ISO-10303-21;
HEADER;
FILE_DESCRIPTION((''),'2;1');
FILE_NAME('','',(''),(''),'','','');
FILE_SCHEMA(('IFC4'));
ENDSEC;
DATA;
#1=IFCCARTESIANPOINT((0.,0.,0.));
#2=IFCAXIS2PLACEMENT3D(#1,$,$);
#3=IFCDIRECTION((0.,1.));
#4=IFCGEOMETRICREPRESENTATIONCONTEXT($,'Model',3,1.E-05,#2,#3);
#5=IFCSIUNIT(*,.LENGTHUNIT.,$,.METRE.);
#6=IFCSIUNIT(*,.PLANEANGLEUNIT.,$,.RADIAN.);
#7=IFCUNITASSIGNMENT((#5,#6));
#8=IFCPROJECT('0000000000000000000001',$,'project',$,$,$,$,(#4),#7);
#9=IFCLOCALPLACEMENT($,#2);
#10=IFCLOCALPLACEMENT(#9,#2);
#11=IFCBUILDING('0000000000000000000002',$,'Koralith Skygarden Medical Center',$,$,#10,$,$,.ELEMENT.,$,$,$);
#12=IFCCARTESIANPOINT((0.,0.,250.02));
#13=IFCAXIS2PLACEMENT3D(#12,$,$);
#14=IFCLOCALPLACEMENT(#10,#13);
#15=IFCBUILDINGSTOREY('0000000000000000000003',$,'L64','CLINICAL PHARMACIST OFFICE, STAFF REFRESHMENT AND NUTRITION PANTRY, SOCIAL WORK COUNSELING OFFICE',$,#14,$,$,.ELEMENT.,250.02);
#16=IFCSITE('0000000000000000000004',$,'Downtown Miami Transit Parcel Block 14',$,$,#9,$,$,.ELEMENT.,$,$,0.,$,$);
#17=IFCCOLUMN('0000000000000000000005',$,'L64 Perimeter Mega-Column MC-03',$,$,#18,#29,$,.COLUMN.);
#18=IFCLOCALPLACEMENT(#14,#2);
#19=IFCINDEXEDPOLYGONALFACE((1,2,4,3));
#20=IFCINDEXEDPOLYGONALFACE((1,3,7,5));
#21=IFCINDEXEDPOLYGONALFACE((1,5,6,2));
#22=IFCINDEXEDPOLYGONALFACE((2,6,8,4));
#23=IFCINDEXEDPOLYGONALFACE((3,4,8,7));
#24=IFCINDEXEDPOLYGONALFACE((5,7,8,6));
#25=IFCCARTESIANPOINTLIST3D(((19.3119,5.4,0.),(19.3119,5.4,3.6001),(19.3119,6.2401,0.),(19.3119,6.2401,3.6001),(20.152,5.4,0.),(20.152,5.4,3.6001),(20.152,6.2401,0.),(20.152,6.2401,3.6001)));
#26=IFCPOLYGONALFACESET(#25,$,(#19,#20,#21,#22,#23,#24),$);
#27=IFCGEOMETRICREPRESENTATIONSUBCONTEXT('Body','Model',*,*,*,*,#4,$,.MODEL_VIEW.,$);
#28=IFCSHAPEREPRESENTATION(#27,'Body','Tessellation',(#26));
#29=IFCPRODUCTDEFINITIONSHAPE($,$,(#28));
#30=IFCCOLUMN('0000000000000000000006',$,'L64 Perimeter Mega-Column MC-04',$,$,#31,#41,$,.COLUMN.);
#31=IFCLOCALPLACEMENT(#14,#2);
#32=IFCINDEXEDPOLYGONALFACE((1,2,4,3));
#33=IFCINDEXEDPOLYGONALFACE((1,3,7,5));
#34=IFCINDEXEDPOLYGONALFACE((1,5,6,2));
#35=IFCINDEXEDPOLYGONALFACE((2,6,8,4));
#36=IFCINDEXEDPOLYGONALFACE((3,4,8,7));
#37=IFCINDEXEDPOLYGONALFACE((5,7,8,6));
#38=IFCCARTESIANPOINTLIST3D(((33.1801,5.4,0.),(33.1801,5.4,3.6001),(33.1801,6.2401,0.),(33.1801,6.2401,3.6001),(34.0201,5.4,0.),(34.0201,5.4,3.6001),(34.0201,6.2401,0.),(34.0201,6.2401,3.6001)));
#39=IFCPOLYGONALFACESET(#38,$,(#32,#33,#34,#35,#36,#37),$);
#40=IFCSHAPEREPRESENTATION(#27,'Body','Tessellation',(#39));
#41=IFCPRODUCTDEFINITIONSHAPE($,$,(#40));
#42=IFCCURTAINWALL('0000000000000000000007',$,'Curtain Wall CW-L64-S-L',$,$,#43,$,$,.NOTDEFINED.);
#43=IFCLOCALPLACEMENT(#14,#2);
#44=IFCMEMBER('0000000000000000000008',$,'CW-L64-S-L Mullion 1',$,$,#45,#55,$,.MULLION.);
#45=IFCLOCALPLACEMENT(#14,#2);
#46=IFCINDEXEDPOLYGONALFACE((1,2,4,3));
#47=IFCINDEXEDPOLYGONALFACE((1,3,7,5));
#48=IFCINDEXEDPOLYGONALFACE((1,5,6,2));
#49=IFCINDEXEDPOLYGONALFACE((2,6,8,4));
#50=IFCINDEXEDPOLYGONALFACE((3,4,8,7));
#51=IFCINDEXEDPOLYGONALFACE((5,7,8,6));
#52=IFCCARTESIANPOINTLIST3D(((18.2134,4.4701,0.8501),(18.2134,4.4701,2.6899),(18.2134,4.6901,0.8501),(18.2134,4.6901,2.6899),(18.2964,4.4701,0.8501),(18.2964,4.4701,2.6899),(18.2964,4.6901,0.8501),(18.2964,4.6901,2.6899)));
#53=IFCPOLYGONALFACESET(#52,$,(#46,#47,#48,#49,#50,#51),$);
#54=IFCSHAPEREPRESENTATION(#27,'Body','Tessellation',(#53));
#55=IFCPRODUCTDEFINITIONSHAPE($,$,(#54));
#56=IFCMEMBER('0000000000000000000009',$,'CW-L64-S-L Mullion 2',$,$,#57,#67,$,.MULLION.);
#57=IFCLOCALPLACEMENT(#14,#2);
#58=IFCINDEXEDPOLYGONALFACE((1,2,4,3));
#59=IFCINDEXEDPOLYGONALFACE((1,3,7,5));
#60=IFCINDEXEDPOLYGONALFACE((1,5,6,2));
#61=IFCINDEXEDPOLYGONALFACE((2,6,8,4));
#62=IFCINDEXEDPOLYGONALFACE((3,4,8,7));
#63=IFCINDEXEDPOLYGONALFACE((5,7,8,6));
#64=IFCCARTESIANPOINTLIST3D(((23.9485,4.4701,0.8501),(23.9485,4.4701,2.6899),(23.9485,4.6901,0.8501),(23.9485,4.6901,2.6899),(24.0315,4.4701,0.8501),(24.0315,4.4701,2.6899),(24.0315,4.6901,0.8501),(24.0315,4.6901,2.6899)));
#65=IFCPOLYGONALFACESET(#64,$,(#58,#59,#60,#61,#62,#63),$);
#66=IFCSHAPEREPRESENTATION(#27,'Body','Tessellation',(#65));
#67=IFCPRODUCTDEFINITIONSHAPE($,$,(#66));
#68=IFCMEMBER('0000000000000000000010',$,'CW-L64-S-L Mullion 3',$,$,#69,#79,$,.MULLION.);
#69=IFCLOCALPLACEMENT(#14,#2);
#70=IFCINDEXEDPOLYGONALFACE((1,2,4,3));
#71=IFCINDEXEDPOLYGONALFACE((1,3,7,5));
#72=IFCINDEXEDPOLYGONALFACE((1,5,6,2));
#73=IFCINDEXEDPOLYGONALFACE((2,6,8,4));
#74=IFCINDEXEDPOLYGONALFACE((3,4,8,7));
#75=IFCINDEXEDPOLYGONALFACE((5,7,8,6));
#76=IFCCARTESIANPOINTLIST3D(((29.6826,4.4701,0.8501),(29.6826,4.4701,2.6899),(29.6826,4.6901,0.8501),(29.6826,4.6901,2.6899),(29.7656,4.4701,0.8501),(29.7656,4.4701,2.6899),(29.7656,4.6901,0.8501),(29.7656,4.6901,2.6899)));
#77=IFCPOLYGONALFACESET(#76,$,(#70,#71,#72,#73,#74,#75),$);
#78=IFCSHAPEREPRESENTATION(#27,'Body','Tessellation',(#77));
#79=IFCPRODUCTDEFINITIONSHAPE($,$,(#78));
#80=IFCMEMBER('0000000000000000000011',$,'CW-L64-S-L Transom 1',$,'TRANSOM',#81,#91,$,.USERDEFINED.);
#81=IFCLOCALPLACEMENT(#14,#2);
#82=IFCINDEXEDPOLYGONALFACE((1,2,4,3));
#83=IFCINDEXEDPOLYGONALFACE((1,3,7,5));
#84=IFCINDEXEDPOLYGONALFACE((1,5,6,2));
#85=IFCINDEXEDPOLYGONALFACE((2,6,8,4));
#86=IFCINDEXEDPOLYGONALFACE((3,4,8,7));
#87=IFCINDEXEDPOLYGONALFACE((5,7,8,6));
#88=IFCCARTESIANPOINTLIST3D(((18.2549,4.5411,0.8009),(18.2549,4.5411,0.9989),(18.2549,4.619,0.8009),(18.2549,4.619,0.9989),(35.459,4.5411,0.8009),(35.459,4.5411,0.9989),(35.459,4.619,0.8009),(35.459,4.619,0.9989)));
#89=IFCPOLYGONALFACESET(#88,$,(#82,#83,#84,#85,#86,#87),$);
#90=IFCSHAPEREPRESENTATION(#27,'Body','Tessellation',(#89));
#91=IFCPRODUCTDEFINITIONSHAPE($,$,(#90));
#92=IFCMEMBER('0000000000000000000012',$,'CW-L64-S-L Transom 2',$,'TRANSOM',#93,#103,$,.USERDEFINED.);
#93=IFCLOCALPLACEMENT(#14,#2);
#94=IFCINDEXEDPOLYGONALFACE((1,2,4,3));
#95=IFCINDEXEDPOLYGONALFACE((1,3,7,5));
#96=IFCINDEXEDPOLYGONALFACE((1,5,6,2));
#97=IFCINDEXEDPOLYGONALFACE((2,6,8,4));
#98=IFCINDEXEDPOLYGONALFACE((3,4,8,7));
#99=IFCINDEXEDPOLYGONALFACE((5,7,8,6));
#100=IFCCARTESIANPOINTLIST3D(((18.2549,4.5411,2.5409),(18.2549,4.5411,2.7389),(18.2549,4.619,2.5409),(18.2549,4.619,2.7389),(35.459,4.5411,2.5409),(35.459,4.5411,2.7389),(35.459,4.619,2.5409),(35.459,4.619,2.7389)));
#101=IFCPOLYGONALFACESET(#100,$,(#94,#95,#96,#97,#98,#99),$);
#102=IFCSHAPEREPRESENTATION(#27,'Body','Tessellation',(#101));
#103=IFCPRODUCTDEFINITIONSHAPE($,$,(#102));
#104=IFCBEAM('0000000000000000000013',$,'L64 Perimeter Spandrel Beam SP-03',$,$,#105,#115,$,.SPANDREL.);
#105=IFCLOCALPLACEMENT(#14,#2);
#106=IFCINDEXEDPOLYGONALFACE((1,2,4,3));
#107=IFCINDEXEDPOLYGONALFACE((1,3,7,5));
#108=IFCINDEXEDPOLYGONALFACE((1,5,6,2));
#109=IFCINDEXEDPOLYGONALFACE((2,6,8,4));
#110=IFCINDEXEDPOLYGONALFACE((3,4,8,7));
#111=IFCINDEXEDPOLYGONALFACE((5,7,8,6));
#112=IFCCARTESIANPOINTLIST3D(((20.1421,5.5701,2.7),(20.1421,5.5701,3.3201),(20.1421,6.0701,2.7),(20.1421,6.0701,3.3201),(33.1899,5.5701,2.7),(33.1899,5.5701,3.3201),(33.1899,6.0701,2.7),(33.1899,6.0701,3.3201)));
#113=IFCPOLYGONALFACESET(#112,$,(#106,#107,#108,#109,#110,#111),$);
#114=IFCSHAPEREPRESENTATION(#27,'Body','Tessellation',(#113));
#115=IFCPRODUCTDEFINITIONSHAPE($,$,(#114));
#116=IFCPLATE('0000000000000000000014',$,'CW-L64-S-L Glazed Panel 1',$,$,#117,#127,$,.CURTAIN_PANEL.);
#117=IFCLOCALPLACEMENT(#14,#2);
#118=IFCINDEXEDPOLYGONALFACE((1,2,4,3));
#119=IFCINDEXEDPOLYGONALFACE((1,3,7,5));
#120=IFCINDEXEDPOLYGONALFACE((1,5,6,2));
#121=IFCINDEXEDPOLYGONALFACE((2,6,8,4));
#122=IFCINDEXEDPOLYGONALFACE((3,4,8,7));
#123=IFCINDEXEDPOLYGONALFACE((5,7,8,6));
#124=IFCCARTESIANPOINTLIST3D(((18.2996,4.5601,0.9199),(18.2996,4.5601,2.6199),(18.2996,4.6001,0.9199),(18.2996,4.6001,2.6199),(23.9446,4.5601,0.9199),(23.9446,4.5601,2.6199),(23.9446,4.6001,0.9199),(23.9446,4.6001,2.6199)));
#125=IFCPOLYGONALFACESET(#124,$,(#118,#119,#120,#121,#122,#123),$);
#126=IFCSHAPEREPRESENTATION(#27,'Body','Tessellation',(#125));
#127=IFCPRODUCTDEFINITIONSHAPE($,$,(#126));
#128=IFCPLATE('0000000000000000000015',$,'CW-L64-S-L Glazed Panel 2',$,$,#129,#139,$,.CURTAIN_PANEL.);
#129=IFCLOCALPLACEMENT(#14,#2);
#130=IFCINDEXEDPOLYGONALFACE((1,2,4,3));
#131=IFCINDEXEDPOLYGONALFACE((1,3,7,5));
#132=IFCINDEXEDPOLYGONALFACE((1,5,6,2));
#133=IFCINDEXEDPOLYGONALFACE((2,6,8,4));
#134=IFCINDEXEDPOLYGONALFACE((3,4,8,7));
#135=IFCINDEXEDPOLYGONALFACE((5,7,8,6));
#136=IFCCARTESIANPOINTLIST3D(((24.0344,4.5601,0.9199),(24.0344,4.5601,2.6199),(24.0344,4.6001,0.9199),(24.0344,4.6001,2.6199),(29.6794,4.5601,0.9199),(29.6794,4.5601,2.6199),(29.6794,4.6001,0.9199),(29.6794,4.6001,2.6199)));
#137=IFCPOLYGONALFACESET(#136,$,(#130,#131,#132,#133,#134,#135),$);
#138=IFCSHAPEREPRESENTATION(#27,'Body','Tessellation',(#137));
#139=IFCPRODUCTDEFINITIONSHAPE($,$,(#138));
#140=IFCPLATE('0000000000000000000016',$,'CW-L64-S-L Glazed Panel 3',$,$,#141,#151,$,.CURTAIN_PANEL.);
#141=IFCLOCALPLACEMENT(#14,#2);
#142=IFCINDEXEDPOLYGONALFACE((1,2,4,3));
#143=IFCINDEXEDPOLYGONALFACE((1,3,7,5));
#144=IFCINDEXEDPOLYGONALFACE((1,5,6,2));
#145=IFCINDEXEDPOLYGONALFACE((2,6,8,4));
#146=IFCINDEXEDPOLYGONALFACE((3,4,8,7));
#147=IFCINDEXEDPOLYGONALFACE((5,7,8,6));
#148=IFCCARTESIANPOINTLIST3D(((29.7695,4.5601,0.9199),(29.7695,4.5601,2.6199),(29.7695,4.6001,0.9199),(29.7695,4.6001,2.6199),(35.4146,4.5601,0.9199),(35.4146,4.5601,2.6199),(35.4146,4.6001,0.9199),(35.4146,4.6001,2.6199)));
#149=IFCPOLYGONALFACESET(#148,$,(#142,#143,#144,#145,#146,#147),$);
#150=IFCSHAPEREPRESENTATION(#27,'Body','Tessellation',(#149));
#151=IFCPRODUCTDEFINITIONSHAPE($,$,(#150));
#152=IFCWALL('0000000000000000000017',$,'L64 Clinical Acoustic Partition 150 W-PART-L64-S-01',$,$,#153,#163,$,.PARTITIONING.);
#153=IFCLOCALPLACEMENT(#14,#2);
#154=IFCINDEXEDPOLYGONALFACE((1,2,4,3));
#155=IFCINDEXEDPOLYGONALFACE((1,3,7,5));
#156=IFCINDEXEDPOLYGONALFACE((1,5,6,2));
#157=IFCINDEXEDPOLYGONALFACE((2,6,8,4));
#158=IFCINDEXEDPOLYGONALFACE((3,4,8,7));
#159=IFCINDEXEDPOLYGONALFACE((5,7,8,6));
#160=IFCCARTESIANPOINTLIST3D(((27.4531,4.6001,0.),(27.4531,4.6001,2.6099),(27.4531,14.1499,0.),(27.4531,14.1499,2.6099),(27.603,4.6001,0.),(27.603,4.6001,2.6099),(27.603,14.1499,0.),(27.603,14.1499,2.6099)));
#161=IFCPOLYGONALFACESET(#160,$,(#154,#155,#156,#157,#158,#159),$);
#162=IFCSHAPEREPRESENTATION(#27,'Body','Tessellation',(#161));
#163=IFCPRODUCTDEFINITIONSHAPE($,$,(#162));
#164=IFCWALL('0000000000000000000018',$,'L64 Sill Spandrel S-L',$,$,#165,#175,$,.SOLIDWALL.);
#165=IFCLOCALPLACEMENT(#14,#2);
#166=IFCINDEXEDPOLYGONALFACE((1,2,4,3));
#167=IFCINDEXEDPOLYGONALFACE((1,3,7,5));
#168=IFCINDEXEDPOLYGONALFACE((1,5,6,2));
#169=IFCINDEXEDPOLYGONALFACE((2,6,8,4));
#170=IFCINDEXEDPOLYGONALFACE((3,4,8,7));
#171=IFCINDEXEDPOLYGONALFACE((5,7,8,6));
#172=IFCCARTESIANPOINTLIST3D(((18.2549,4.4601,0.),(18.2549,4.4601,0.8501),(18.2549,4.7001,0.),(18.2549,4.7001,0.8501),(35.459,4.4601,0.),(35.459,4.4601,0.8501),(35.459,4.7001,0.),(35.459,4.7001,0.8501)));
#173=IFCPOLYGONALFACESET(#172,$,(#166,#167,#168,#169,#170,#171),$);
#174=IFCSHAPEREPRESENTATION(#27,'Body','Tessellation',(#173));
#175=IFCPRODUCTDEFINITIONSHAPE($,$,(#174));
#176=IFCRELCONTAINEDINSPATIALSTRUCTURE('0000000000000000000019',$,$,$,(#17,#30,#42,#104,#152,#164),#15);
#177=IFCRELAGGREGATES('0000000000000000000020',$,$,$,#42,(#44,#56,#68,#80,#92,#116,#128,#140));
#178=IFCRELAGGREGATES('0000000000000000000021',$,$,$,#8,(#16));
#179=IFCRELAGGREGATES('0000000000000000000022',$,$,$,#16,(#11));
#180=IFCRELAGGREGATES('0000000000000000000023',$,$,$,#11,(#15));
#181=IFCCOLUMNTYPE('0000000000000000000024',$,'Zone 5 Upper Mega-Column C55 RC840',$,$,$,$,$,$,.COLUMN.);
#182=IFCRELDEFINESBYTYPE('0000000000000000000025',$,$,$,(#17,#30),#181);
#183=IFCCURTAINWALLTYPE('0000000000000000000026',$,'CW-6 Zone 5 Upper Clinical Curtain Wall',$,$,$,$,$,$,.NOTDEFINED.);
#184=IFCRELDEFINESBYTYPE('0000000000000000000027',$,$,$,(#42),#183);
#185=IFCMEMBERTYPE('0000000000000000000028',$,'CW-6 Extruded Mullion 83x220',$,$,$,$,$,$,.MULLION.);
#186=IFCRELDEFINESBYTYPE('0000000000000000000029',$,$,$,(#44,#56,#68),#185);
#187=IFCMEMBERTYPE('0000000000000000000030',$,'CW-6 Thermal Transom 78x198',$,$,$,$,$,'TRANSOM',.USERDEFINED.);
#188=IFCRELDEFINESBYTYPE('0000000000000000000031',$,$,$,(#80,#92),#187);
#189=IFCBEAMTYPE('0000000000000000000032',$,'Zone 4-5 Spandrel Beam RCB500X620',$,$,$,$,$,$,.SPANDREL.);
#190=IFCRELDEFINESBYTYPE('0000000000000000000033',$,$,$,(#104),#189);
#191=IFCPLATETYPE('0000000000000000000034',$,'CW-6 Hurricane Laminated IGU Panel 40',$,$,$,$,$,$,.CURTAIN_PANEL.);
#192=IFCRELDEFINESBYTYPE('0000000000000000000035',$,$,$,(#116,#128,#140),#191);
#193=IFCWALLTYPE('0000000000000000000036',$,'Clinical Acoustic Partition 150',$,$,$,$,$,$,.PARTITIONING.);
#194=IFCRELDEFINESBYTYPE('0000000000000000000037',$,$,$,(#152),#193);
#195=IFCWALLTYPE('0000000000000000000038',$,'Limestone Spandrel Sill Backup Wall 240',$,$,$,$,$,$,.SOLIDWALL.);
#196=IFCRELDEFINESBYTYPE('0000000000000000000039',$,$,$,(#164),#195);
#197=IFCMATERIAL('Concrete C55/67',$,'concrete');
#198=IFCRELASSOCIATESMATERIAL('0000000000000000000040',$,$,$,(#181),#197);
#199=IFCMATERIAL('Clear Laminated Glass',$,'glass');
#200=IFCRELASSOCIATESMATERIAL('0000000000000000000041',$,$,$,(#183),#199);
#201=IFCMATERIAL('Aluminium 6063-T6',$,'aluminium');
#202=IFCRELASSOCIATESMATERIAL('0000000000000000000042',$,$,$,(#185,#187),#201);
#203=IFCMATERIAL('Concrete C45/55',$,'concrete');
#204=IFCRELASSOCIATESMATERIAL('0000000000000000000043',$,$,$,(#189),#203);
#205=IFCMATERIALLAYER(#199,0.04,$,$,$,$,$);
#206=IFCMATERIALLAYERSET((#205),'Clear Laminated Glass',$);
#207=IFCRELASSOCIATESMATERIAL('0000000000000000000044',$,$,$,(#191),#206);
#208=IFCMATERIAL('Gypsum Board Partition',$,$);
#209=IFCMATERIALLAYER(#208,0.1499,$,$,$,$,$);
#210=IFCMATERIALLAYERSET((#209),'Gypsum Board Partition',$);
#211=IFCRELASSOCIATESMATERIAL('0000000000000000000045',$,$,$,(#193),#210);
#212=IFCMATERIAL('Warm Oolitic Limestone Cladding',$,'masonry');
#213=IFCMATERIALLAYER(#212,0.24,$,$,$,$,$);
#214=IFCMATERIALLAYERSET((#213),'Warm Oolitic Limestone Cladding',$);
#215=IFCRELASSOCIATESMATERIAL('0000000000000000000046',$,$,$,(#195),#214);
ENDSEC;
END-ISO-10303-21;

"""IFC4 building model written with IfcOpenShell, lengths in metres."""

from ifc_helpers import new_model, si_unit, direction, frame, frame_2d, origin, origin_2d, place, context, subcontext, project, spatial, rectangle, extrude, material, layer, layer_set, material_profile, profile_set, type_object, element, aggregate, save


model = new_model("IFC4")

# Units and contexts
model_context = context("Model", 3, precision=1e-05, world=origin(), true_north=direction((0.0, 1.0)))
body_context = subcontext(model_context, "Body", "Model", "MODEL_VIEW")
ifc_project = project(units=[si_unit("LENGTHUNIT", "METRE"), si_unit("PLANEANGLEUNIT", "RADIAN")], contexts=[model_context])

# Site, building, storey
site_placement = place(None, origin())
site = spatial("IfcSite", under=ifc_project, at=site_placement, Name="Downtown Miami Transit Parcel Block 14", CompositionType="ELEMENT", RefElevation=0.0)
building_placement = place(site_placement, origin())
building = spatial("IfcBuilding", under=site, at=building_placement, Name="Koralith Skygarden Medical Center", CompositionType="ELEMENT")
storey_placement = place(building_placement, frame((0.0, 0.0, 250.02)))
storey = spatial("IfcBuildingStorey", under=building, at=storey_placement, Name="L64", Description="CLINICAL PHARMACIST OFFICE, STAFF REFRESHMENT AND NUTRITION PANTRY, SOCIAL WORK COUNSELING OFFICE", CompositionType="ELEMENT", Elevation=250.02)

# Columns
ifc_material_1 = material(Name="Concrete C55/67", Category="concrete")
ifc_material_profile_1 = material_profile(ifc_material_1, rectangle(XDim=0.8401, YDim=0.8401, at=origin_2d()), Name="RC840X840")
ifc_profile_set_1 = profile_set([ifc_material_profile_1], Name="Concrete C55/67")
column_type = type_object("IfcColumnType", Name="Zone 5 Upper Mega-Column C55 RC840", PredefinedType="COLUMN", material=ifc_profile_set_1)
for number, where, z_axis, x_axis, name in (
    (1, (19.7319, 5.8201, 0.0), (0.0, 0.0, 1.0), (1.0, 0.0, 0.0), "L64 Perimeter Mega-Column MC-03"),
    (2, (33.6001, 5.8201, 0.0), (0.0, 0.0, 1.0), (1.0, 0.0, 0.0), "L64 Perimeter Mega-Column MC-04"),
):
    element("IfcColumn", number, at=place(storey_placement, frame(where, z_axis=z_axis, x_axis=x_axis)), inside=storey, type_object=column_type, Name=name, PredefinedType="COLUMN", context=body_context, shape_type="SweptSolid", body=[
        extrude(rectangle(XDim=0.8401, YDim=0.8401, at=origin_2d()), origin(), (0.0, 0.0, 1.0), 3.6001),
    ])

# Curtain wall, members
ifc_material_2 = material(Name="Clear Laminated Glass", Category="glass")
curtain_wall_type = type_object("IfcCurtainWallType", Name="CW-6 Zone 5 Upper Clinical Curtain Wall", PredefinedType="NOTDEFINED", material=ifc_material_2)
curtain_wall_placement = place(storey_placement, origin())
curtain_wall = element("IfcCurtainWall", 3, at=curtain_wall_placement, inside=storey, type_object=curtain_wall_type, Name="Curtain Wall CW-L64-S-L", PredefinedType="NOTDEFINED")
ifc_material_3 = material(Name="Aluminium 6063-T6", Category="aluminium")
ifc_material_profile_2 = material_profile(ifc_material_3, rectangle(XDim=0.083, YDim=0.22, at=origin_2d()), Name="MUL83X220")
ifc_profile_set_2 = profile_set([ifc_material_profile_2], Name="Aluminium 6063-T6")
member_type_1 = type_object("IfcMemberType", Name="CW-6 Extruded Mullion 83x220", PredefinedType="MULLION", material=ifc_profile_set_2)
member_1_placement = place(storey_placement, frame((18.2549, 4.5801, 0.8501), z_axis=(0.0, 0.0, 1.0), x_axis=(1.0, 0.0, 0.0)))
member_1 = element("IfcMember", 4, at=member_1_placement, type_object=member_type_1, Name="CW-L64-S-L Mullion 1", PredefinedType="MULLION", context=body_context, shape_type="SweptSolid", body=[
    extrude(rectangle(XDim=0.083, YDim=0.22, at=origin_2d()), origin(), (0.0, 0.0, 1.0), 1.8398),
])
member_2_placement = place(storey_placement, frame((23.99, 4.5801, 0.8501), z_axis=(0.0, 0.0, 1.0), x_axis=(1.0, 0.0, 0.0)))
member_2 = element("IfcMember", 5, at=member_2_placement, type_object=member_type_1, Name="CW-L64-S-L Mullion 2", PredefinedType="MULLION", context=body_context, shape_type="SweptSolid", body=[
    extrude(rectangle(XDim=0.083, YDim=0.22, at=origin_2d()), origin(), (0.0, 0.0, 1.0), 1.8398),
])
member_3_placement = place(storey_placement, frame((29.7241, 4.5801, 0.8501), z_axis=(0.0, 0.0, 1.0), x_axis=(1.0, 0.0, 0.0)))
member_3 = element("IfcMember", 6, at=member_3_placement, type_object=member_type_1, Name="CW-L64-S-L Mullion 3", PredefinedType="MULLION", context=body_context, shape_type="SweptSolid", body=[
    extrude(rectangle(XDim=0.083, YDim=0.22, at=origin_2d()), origin(), (0.0, 0.0, 1.0), 1.8398),
])
ifc_material_profile_3 = material_profile(ifc_material_3, rectangle(XDim=0.0779, YDim=0.198, at=origin_2d()), Name="TRN78X198")
ifc_profile_set_3 = profile_set([ifc_material_profile_3], Name="Aluminium 6063-T6")
member_type_2 = type_object("IfcMemberType", Name="CW-6 Thermal Transom 78x198", ElementType="TRANSOM", PredefinedType="USERDEFINED", material=ifc_profile_set_3)
member_4_placement = place(storey_placement, frame((18.2549, 4.5801, 0.8999), z_axis=(1.0, 0.0, 0.0), x_axis=(0.0, 1.0, 0.0)))
member_4 = element("IfcMember", 7, at=member_4_placement, type_object=member_type_2, Name="CW-L64-S-L Transom 1", ObjectType="TRANSOM", PredefinedType="USERDEFINED", context=body_context, shape_type="SweptSolid", body=[
    extrude(rectangle(XDim=0.0779, YDim=0.198, at=origin_2d()), origin(), (0.0, 0.0, 1.0), 17.2041),
])
member_5_placement = place(storey_placement, frame((18.2549, 4.5801, 2.6399), z_axis=(1.0, 0.0, 0.0), x_axis=(0.0, 1.0, 0.0)))
member_5 = element("IfcMember", 8, at=member_5_placement, type_object=member_type_2, Name="CW-L64-S-L Transom 2", ObjectType="TRANSOM", PredefinedType="USERDEFINED", context=body_context, shape_type="SweptSolid", body=[
    extrude(rectangle(XDim=0.0779, YDim=0.198, at=origin_2d()), origin(), (0.0, 0.0, 1.0), 17.2041),
])

# Beam
ifc_material_4 = material(Name="Concrete C45/55", Category="concrete")
ifc_material_profile_4 = material_profile(ifc_material_4, rectangle(XDim=0.5, YDim=0.6201, at=origin_2d()), Name="RCB500X620")
ifc_profile_set_4 = profile_set([ifc_material_profile_4], Name="Concrete C45/55")
beam_type = type_object("IfcBeamType", Name="Zone 4-5 Spandrel Beam RCB500X620", PredefinedType="SPANDREL", material=ifc_profile_set_4)
beam_placement = place(storey_placement, frame((20.1421, 5.8201, 3.01), z_axis=(1.0, 0.0, 0.0), x_axis=(0.0, 1.0, 0.0)))
element("IfcBeam", 9, at=beam_placement, inside=storey, type_object=beam_type, Name="L64 Perimeter Spandrel Beam SP-03", PredefinedType="SPANDREL", context=body_context, shape_type="SweptSolid", body=[
    extrude(rectangle(XDim=0.5, YDim=0.6201, at=origin_2d()), origin(), (0.0, 0.0, 1.0), 13.0479),
])

# Plates
ifc_layer_1 = layer(ifc_material_2, 0.04)
ifc_layer_set_1 = layer_set([ifc_layer_1], Name="Clear Laminated Glass")
plate_type = type_object("IfcPlateType", Name="CW-6 Hurricane Laminated IGU Panel 40", PredefinedType="CURTAIN_PANEL", material=ifc_layer_set_1)
plate_1_placement = place(storey_placement, frame((21.1221, 4.5801, 0.9199), z_axis=(0.0, 0.0, 1.0), x_axis=(1.0, 0.0, 0.0)))
plate_1 = element("IfcPlate", 10, at=plate_1_placement, type_object=plate_type, Name="CW-L64-S-L Glazed Panel 1", PredefinedType="CURTAIN_PANEL", context=body_context, shape_type="SweptSolid", body=[
    extrude(rectangle(XDim=5.645, YDim=0.04, at=origin_2d()), origin(), (0.0, 0.0, 1.0), 1.7),
])
plate_2_placement = place(storey_placement, frame((26.8569, 4.5801, 0.9199), z_axis=(0.0, 0.0, 1.0), x_axis=(1.0, 0.0, 0.0)))
plate_2 = element("IfcPlate", 11, at=plate_2_placement, type_object=plate_type, Name="CW-L64-S-L Glazed Panel 2", PredefinedType="CURTAIN_PANEL", context=body_context, shape_type="SweptSolid", body=[
    extrude(rectangle(XDim=5.645, YDim=0.04, at=origin_2d()), origin(), (0.0, 0.0, 1.0), 1.7),
])
plate_3_placement = place(storey_placement, frame((32.592, 4.5801, 0.9199), z_axis=(0.0, 0.0, 1.0), x_axis=(1.0, 0.0, 0.0)))
plate_3 = element("IfcPlate", 12, at=plate_3_placement, type_object=plate_type, Name="CW-L64-S-L Glazed Panel 3", PredefinedType="CURTAIN_PANEL", context=body_context, shape_type="SweptSolid", body=[
    extrude(rectangle(XDim=5.645, YDim=0.04, at=origin_2d()), origin(), (0.0, 0.0, 1.0), 1.7),
])
aggregate(curtain_wall, [member_1, member_2, member_3, member_4, member_5, plate_1, plate_2, plate_3])

# Wall
ifc_material_5 = material(Name="Gypsum Board Partition")
ifc_layer_2 = layer(ifc_material_5, 0.1499)
ifc_layer_set_2 = layer_set([ifc_layer_2], Name="Gypsum Board Partition")
wall_type_1 = type_object("IfcWallType", Name="Clinical Acoustic Partition 150", PredefinedType="PARTITIONING", material=ifc_layer_set_2)
wall_1_placement = place(storey_placement, frame((27.5281, 14.1499, 0.0), z_axis=(0.0, 0.0, 1.0), x_axis=(0.0, -1.0, 0.0)))
element("IfcWall", 13, at=wall_1_placement, inside=storey, type_object=wall_type_1, Name="L64 Clinical Acoustic Partition 150 W-PART-L64-S-01", PredefinedType="PARTITIONING", context=body_context, shape_type="SweptSolid", body=[
    extrude(rectangle(XDim=9.5498, YDim=0.1499, at=frame_2d((4.7749, 0.0))), origin(), (0.0, 0.0, 1.0), 2.6099),
])

# Wall
ifc_material_6 = material(Name="Warm Oolitic Limestone Cladding", Category="masonry")
ifc_layer_3 = layer(ifc_material_6, 0.24)
ifc_layer_set_3 = layer_set([ifc_layer_3], Name="Warm Oolitic Limestone Cladding")
wall_type_2 = type_object("IfcWallType", Name="Limestone Spandrel Sill Backup Wall 240", PredefinedType="SOLIDWALL", material=ifc_layer_set_3)
wall_2_placement = place(storey_placement, frame((18.2549, 4.5801, 0.0), z_axis=(0.0, 0.0, 1.0), x_axis=(1.0, 0.0, 0.0)))
element("IfcWall", 14, at=wall_2_placement, inside=storey, type_object=wall_type_2, Name="L64 Sill Spandrel S-L", PredefinedType="SOLIDWALL", context=body_context, shape_type="SweptSolid", body=[
    extrude(rectangle(XDim=17.2041, YDim=0.24, at=frame_2d((8.6021, 0.0))), origin(), (0.0, 0.0, 1.0), 0.8501),
])

save(model, "model.ifc")
